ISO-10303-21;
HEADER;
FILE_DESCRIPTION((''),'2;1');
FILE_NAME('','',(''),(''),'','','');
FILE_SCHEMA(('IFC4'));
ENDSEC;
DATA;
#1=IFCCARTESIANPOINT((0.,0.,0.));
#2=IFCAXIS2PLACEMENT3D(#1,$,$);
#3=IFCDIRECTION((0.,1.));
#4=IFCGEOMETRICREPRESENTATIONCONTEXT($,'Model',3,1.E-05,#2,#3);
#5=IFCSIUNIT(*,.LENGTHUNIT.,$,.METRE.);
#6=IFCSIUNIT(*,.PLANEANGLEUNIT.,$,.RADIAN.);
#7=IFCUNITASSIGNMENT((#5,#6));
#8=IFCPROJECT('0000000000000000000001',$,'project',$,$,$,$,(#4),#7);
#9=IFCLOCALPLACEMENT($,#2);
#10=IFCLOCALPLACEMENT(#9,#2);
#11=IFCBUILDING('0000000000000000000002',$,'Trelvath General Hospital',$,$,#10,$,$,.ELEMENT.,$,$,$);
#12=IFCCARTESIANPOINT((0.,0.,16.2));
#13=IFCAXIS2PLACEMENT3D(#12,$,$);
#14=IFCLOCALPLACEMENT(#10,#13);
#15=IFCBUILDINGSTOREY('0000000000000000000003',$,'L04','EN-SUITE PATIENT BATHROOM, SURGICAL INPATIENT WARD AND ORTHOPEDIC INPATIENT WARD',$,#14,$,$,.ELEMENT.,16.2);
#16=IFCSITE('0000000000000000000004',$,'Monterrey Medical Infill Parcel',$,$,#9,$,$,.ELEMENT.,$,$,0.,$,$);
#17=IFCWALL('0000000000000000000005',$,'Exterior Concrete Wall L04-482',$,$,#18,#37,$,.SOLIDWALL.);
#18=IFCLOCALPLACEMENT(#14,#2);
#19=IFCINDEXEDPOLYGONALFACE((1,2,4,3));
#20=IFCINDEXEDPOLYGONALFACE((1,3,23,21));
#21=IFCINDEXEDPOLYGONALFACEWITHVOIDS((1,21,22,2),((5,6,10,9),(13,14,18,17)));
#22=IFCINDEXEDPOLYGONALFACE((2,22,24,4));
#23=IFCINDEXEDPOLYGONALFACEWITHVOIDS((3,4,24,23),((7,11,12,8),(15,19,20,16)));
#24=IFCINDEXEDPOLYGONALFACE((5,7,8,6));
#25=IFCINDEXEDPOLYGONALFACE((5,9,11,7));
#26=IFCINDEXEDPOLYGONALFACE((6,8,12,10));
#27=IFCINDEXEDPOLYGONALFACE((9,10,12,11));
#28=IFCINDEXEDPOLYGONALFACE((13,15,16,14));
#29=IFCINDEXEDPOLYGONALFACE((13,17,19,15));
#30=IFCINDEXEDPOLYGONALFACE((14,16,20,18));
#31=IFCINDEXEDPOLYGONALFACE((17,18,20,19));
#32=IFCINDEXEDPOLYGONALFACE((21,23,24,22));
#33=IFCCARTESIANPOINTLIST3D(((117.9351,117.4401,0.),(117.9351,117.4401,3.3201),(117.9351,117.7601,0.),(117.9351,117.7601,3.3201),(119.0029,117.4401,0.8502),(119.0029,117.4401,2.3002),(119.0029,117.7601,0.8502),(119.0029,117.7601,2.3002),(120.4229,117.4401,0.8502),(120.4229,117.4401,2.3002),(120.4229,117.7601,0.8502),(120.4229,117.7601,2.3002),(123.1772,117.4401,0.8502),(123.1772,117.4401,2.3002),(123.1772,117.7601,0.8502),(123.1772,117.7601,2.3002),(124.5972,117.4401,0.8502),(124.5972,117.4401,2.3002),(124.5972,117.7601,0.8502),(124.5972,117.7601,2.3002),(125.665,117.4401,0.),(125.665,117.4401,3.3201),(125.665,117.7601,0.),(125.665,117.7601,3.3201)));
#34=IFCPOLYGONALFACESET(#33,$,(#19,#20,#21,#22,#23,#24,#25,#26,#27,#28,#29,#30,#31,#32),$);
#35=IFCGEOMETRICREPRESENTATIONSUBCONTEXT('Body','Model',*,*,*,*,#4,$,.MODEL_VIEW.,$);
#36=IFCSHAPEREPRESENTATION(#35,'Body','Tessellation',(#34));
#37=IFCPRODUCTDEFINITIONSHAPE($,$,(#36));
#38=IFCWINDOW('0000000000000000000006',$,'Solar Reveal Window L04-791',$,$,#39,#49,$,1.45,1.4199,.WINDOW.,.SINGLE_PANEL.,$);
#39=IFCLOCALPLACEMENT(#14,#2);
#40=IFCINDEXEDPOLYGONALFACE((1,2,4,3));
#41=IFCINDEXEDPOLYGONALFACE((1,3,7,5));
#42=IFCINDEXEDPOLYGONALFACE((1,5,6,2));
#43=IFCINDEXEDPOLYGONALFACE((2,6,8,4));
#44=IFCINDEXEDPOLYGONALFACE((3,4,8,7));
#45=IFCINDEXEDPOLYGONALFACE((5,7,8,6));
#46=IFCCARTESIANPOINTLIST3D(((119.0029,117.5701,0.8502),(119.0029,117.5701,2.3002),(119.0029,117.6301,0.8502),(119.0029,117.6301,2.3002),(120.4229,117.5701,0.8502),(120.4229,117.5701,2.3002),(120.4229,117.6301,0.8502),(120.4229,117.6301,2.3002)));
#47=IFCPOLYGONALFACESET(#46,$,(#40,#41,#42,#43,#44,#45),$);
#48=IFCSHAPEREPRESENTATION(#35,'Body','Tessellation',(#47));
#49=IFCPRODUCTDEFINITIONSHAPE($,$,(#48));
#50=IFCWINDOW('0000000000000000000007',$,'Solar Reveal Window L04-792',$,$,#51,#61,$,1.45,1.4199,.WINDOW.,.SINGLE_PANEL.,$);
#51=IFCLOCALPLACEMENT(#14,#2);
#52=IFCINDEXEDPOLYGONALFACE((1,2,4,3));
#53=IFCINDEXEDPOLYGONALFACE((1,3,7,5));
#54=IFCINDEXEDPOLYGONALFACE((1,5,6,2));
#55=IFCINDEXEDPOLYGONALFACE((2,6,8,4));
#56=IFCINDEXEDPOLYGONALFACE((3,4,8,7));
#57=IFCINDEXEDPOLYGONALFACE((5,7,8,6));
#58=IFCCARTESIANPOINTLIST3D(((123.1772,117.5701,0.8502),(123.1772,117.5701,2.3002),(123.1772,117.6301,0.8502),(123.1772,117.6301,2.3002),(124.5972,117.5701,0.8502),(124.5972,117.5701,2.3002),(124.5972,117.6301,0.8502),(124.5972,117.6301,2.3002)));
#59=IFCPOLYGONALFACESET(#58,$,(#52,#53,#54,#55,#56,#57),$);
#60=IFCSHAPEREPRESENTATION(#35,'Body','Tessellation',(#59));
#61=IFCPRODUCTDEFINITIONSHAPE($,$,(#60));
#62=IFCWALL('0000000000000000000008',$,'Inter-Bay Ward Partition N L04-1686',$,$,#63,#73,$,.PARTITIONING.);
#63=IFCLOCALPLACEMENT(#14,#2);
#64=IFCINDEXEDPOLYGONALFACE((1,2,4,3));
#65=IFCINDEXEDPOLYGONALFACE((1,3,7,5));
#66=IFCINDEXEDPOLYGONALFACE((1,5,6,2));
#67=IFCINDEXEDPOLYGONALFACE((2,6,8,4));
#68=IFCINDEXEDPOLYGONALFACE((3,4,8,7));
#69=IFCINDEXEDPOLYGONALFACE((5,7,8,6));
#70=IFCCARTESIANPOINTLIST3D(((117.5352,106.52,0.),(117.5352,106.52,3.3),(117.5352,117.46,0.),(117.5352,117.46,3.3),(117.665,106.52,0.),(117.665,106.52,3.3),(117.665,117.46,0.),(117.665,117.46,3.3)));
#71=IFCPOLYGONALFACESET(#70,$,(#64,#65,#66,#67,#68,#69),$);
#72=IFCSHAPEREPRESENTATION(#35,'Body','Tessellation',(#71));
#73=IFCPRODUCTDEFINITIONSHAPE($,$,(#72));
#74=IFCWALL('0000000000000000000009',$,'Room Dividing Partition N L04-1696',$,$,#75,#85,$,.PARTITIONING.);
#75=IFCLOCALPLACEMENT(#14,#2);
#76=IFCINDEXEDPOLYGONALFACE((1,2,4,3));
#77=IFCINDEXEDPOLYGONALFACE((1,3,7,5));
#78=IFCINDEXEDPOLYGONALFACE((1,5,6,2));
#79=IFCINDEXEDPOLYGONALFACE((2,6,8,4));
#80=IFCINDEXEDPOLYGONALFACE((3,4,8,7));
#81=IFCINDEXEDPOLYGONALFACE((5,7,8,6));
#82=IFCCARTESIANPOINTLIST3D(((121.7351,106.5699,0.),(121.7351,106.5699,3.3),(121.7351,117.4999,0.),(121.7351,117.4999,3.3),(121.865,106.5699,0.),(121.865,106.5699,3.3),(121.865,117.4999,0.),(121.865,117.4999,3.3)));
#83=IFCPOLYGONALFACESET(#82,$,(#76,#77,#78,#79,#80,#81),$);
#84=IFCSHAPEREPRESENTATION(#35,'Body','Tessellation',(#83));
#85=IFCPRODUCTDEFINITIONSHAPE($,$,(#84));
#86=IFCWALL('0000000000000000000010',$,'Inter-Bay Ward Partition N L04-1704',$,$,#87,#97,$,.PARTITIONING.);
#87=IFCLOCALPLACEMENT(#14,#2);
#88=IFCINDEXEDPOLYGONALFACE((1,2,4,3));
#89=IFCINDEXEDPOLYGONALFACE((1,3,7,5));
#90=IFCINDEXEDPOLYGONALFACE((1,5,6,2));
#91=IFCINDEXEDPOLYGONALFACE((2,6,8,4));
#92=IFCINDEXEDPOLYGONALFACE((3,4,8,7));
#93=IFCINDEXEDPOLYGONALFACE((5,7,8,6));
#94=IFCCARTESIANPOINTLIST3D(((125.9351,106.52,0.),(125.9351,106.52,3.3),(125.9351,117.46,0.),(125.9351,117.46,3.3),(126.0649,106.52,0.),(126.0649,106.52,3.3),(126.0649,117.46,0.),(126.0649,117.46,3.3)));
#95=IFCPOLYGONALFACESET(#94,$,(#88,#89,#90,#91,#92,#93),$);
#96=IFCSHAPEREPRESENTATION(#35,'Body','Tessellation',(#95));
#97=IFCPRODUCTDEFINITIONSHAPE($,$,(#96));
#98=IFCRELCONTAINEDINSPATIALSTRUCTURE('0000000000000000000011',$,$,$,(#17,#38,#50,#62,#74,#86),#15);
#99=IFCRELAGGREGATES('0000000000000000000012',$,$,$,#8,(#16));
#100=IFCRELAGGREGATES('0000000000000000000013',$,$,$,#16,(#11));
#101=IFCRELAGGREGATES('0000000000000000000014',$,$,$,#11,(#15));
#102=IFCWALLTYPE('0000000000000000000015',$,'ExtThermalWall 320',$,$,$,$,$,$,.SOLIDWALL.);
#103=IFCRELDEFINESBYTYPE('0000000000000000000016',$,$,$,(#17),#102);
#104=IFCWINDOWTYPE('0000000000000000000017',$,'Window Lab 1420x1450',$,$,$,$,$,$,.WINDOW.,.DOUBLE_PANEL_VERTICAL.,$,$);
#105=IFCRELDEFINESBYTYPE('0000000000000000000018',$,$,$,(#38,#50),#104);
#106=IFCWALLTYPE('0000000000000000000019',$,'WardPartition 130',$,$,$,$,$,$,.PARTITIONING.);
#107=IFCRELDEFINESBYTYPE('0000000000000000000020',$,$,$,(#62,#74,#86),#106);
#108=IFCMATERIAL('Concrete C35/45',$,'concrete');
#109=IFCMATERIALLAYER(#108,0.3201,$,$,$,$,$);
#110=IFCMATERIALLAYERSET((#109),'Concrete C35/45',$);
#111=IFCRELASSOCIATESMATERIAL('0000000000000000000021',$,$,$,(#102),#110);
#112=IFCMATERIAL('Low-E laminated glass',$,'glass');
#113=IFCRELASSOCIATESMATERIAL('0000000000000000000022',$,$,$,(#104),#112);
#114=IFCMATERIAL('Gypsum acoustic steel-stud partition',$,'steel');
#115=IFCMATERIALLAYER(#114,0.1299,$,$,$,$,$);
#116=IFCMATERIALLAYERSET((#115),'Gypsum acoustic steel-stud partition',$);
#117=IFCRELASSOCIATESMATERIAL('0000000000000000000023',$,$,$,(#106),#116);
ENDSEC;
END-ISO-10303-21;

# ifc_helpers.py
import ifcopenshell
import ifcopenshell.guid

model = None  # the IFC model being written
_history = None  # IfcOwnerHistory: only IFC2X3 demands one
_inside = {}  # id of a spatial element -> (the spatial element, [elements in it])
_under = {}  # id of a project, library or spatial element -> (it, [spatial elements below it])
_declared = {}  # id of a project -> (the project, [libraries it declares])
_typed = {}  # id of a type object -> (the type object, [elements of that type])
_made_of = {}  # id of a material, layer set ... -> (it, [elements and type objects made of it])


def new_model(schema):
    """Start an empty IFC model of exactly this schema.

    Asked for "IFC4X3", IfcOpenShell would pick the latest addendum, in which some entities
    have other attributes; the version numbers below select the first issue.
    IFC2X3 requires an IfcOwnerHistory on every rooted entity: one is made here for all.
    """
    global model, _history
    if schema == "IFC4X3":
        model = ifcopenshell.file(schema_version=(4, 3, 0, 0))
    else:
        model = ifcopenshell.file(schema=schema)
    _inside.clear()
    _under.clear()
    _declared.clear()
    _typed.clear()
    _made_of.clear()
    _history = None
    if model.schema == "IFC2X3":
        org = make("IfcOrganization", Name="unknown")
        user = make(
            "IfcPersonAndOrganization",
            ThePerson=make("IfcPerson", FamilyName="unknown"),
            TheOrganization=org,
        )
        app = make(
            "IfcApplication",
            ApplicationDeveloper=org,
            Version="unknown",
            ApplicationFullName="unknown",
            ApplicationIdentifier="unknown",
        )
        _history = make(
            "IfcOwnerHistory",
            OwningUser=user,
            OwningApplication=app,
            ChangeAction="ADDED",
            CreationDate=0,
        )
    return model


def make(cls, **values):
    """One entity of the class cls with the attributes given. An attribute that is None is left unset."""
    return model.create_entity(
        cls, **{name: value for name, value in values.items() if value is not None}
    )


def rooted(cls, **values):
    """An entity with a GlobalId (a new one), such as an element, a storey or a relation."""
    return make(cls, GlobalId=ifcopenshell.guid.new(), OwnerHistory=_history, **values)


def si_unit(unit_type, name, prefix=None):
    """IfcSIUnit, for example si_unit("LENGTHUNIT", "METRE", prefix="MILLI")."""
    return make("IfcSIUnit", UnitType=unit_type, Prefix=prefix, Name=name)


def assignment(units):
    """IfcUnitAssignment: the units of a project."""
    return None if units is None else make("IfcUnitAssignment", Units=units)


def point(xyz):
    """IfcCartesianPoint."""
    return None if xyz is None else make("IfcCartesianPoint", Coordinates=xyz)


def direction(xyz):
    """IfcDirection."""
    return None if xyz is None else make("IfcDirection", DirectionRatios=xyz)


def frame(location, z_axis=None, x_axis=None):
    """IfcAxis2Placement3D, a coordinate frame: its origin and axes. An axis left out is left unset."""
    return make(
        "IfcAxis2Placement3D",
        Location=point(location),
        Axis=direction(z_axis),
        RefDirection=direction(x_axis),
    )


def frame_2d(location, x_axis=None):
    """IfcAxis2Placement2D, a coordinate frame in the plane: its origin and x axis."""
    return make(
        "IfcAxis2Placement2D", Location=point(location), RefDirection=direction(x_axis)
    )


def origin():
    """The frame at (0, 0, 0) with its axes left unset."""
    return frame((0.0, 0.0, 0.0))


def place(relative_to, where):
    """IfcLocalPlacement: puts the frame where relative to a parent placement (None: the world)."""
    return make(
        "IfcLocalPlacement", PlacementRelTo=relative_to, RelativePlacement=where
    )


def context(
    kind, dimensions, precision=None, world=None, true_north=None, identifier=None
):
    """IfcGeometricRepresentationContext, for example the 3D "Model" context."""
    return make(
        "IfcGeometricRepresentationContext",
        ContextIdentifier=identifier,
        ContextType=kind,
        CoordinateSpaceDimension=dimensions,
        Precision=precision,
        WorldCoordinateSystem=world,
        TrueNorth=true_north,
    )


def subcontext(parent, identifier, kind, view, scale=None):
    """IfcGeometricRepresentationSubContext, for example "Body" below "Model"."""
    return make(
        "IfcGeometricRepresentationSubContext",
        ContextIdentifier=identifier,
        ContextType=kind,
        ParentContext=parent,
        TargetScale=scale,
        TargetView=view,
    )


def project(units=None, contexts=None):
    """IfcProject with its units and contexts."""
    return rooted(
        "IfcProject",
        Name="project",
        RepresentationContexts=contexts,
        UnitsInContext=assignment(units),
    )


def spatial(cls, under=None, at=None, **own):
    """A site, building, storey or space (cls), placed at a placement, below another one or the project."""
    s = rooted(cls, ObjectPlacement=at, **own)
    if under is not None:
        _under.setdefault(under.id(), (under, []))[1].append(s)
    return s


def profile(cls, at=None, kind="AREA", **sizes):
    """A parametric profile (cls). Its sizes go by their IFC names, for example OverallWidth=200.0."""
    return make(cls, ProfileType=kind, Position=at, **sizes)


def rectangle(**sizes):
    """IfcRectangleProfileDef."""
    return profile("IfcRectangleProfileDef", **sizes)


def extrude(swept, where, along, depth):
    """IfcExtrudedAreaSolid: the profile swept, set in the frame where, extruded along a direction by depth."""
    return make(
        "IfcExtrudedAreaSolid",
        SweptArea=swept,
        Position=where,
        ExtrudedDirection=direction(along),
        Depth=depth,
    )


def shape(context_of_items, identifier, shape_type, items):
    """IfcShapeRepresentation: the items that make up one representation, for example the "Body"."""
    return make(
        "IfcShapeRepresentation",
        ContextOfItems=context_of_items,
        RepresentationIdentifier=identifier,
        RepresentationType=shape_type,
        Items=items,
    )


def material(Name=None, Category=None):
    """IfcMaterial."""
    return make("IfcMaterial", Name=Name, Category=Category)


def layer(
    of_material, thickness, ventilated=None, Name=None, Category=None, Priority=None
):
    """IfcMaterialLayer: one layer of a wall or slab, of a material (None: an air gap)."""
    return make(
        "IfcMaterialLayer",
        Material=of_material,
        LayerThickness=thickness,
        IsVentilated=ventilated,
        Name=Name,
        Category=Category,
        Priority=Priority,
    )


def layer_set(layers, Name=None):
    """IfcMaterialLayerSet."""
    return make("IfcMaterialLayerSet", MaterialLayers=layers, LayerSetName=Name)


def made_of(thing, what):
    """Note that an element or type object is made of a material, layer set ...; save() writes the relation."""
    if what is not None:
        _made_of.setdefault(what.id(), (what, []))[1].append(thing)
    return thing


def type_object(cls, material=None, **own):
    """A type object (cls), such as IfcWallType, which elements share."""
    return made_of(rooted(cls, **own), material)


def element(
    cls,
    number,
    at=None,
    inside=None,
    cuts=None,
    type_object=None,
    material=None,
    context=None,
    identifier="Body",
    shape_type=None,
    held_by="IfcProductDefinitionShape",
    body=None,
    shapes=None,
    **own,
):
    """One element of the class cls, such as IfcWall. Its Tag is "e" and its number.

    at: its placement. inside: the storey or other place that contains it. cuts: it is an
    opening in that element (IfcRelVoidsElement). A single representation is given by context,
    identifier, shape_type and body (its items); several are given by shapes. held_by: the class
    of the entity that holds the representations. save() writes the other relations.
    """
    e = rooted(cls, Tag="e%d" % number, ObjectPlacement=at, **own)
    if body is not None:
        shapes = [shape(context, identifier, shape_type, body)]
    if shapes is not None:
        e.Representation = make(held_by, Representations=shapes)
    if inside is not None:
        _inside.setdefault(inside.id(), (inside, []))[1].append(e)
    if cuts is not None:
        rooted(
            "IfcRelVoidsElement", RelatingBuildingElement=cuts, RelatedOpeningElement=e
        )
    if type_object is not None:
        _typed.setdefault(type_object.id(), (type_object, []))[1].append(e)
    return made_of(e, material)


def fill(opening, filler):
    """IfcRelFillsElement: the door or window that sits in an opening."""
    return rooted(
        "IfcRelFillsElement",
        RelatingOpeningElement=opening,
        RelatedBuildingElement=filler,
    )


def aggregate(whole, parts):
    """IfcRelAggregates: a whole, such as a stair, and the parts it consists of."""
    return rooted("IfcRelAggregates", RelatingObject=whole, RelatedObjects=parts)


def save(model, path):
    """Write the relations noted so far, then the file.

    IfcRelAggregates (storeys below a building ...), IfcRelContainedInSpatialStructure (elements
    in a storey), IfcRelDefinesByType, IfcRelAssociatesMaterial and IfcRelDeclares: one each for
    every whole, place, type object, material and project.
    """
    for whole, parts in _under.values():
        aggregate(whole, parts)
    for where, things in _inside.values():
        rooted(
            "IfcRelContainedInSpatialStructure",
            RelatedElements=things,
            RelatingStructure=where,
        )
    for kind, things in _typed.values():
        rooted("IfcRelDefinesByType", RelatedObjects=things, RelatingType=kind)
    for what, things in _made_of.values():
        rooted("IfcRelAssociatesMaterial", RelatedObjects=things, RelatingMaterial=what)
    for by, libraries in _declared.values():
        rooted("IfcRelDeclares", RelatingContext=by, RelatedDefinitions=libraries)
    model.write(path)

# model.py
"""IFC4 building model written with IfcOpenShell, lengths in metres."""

from ifc_helpers import new_model, si_unit, direction, frame, frame_2d, origin, place, context, subcontext, project, spatial, rectangle, extrude, material, layer, layer_set, type_object, element, fill, save


model = new_model("IFC4")

# Units and contexts
model_context = context("Model", 3, precision=1e-05, world=origin(), true_north=direction((0.0, 1.0)))
body_context = subcontext(model_context, "Body", "Model", "MODEL_VIEW")
ifc_project = project(units=[si_unit("LENGTHUNIT", "METRE"), si_unit("PLANEANGLEUNIT", "RADIAN")], contexts=[model_context])

# Site, building, storey
site_placement = place(None, origin())
site = spatial("IfcSite", under=ifc_project, at=site_placement, Name="Monterrey Medical Infill Parcel", CompositionType="ELEMENT", RefElevation=0.0)
building_placement = place(site_placement, origin())
building = spatial("IfcBuilding", under=site, at=building_placement, Name="Trelvath General Hospital", CompositionType="ELEMENT")
storey_placement = place(building_placement, frame((0.0, 0.0, 16.2)))
storey = spatial("IfcBuildingStorey", under=building, at=storey_placement, Name="L04", Description="EN-SUITE PATIENT BATHROOM, SURGICAL INPATIENT WARD AND ORTHOPEDIC INPATIENT WARD", CompositionType="ELEMENT", Elevation=16.2)

# Wall, openings, windows
ifc_material_1 = material(Name="Concrete C35/45", Category="concrete")
ifc_layer_1 = layer(ifc_material_1, 0.3201)
ifc_layer_set_1 = layer_set([ifc_layer_1], Name="Concrete C35/45")
wall_type_1 = type_object("IfcWallType", Name="ExtThermalWall 320", PredefinedType="SOLIDWALL", material=ifc_layer_set_1)
wall_1_placement = place(storey_placement, frame((117.9351, 117.6001, 0.0), z_axis=(0.0, 0.0, 1.0), x_axis=(1.0, 0.0, 0.0)))
wall_1 = element("IfcWall", 1, at=wall_1_placement, inside=storey, type_object=wall_type_1, Name="Exterior Concrete Wall L04-482", PredefinedType="SOLIDWALL", context=body_context, shape_type="SweptSolid", body=[
    extrude(rectangle(XDim=7.73, YDim=0.3201, at=frame_2d((3.865, 0.0))), origin(), (0.0, 0.0, 1.0), 3.3201),
])
opening_1_placement = place(wall_1_placement, frame((1.0679, 0.0, 0.8501)))
opening_1 = element("IfcOpeningElement", 2, at=opening_1_placement, cuts=wall_1, PredefinedType="OPENING", context=body_context, shape_type="SweptSolid", body=[
    extrude(rectangle(XDim=1.4199, YDim=1.45, at=frame_2d((0.71, 0.7251))), frame((0.0, 0.1699, 0.0), z_axis=(0.0, -1.0, 0.0), x_axis=(1.0, 0.0, 0.0)), (0.0, 0.0, 1.0), 0.3401),
])
opening_2_placement = place(wall_1_placement, frame((5.2422, 0.0, 0.8501)))
opening_2 = element("IfcOpeningElement", 3, at=opening_2_placement, cuts=wall_1, PredefinedType="OPENING", context=body_context, shape_type="SweptSolid", body=[
    extrude(rectangle(XDim=1.4199, YDim=1.45, at=frame_2d((0.71, 0.7251))), frame((0.0, 0.1699, 0.0), z_axis=(0.0, -1.0, 0.0), x_axis=(1.0, 0.0, 0.0)), (0.0, 0.0, 1.0), 0.3401),
])
ifc_material_2 = material(Name="Low-E laminated glass", Category="glass")
window_type = type_object("IfcWindowType", Name="Window Lab 1420x1450", PartitioningType="DOUBLE_PANEL_VERTICAL", PredefinedType="WINDOW", material=ifc_material_2)
window_1_placement = place(opening_1_placement, origin())
window_1 = element("IfcWindow", 4, at=window_1_placement, inside=storey, type_object=window_type, Name="Solar Reveal Window L04-791", OverallHeight=1.45, OverallWidth=1.4199, PartitioningType="SINGLE_PANEL", PredefinedType="WINDOW", context=body_context, shape_type="SweptSolid", body=[
    extrude(rectangle(XDim=1.4199, YDim=1.45, at=frame_2d((0.71, 0.7251))), frame((0.0, 0.03, 0.0), z_axis=(0.0, -1.0, 0.0), x_axis=(1.0, 0.0, 0.0)), (0.0, 0.0, 1.0), 0.0601),
])
fill(opening_1, window_1)
window_2_placement = place(opening_2_placement, origin())
window_2 = element("IfcWindow", 5, at=window_2_placement, inside=storey, type_object=window_type, Name="Solar Reveal Window L04-792", OverallHeight=1.45, OverallWidth=1.4199, PartitioningType="SINGLE_PANEL", PredefinedType="WINDOW", context=body_context, shape_type="SweptSolid", body=[
    extrude(rectangle(XDim=1.4199, YDim=1.45, at=frame_2d((0.71, 0.7251))), frame((0.0, 0.03, 0.0), z_axis=(0.0, -1.0, 0.0), x_axis=(1.0, 0.0, 0.0)), (0.0, 0.0, 1.0), 0.0601),
])
fill(opening_2, window_2)

# Walls
ifc_material_3 = material(Name="Gypsum acoustic steel-stud partition", Category="steel")
ifc_layer_2 = layer(ifc_material_3, 0.1299)
ifc_layer_set_2 = layer_set([ifc_layer_2], Name="Gypsum acoustic steel-stud partition")
wall_type_2 = type_object("IfcWallType", Name="WardPartition 130", PredefinedType="PARTITIONING", material=ifc_layer_set_2)
wall_2_placement = place(storey_placement, frame((117.6001, 106.52, 0.0), z_axis=(0.0, 0.0, 1.0), x_axis=(0.0, 1.0, 0.0)))
element("IfcWall", 6, at=wall_2_placement, inside=storey, type_object=wall_type_2, Name="Inter-Bay Ward Partition N L04-1686", PredefinedType="PARTITIONING", context=body_context, shape_type="SweptSolid", body=[
    extrude(rectangle(XDim=10.9399, YDim=0.1299, at=frame_2d((5.47, 0.0))), origin(), (0.0, 0.0, 1.0), 3.3),
])
wall_3_placement = place(storey_placement, frame((121.8, 106.5701, 0.0), z_axis=(0.0, 0.0, 1.0), x_axis=(0.0, 1.0, 0.0)))
element("IfcWall", 7, at=wall_3_placement, inside=storey, type_object=wall_type_2, Name="Room Dividing Partition N L04-1696", PredefinedType="PARTITIONING", context=body_context, shape_type="SweptSolid", body=[
    extrude(rectangle(XDim=10.9299, YDim=0.1299, at=frame_2d((5.4648, 0.0))), origin(), (0.0, 0.0, 1.0), 3.3),
])
wall_4_placement = place(storey_placement, frame((126.0, 106.52, 0.0), z_axis=(0.0, 0.0, 1.0), x_axis=(0.0, 1.0, 0.0)))
element("IfcWall", 8, at=wall_4_placement, inside=storey, type_object=wall_type_2, Name="Inter-Bay Ward Partition N L04-1704", PredefinedType="PARTITIONING", context=body_context, shape_type="SweptSolid", body=[
    extrude(rectangle(XDim=10.9399, YDim=0.1299, at=frame_2d((5.47, 0.0))), origin(), (0.0, 0.0, 1.0), 3.3),
])

save(model, "model.ifc")
